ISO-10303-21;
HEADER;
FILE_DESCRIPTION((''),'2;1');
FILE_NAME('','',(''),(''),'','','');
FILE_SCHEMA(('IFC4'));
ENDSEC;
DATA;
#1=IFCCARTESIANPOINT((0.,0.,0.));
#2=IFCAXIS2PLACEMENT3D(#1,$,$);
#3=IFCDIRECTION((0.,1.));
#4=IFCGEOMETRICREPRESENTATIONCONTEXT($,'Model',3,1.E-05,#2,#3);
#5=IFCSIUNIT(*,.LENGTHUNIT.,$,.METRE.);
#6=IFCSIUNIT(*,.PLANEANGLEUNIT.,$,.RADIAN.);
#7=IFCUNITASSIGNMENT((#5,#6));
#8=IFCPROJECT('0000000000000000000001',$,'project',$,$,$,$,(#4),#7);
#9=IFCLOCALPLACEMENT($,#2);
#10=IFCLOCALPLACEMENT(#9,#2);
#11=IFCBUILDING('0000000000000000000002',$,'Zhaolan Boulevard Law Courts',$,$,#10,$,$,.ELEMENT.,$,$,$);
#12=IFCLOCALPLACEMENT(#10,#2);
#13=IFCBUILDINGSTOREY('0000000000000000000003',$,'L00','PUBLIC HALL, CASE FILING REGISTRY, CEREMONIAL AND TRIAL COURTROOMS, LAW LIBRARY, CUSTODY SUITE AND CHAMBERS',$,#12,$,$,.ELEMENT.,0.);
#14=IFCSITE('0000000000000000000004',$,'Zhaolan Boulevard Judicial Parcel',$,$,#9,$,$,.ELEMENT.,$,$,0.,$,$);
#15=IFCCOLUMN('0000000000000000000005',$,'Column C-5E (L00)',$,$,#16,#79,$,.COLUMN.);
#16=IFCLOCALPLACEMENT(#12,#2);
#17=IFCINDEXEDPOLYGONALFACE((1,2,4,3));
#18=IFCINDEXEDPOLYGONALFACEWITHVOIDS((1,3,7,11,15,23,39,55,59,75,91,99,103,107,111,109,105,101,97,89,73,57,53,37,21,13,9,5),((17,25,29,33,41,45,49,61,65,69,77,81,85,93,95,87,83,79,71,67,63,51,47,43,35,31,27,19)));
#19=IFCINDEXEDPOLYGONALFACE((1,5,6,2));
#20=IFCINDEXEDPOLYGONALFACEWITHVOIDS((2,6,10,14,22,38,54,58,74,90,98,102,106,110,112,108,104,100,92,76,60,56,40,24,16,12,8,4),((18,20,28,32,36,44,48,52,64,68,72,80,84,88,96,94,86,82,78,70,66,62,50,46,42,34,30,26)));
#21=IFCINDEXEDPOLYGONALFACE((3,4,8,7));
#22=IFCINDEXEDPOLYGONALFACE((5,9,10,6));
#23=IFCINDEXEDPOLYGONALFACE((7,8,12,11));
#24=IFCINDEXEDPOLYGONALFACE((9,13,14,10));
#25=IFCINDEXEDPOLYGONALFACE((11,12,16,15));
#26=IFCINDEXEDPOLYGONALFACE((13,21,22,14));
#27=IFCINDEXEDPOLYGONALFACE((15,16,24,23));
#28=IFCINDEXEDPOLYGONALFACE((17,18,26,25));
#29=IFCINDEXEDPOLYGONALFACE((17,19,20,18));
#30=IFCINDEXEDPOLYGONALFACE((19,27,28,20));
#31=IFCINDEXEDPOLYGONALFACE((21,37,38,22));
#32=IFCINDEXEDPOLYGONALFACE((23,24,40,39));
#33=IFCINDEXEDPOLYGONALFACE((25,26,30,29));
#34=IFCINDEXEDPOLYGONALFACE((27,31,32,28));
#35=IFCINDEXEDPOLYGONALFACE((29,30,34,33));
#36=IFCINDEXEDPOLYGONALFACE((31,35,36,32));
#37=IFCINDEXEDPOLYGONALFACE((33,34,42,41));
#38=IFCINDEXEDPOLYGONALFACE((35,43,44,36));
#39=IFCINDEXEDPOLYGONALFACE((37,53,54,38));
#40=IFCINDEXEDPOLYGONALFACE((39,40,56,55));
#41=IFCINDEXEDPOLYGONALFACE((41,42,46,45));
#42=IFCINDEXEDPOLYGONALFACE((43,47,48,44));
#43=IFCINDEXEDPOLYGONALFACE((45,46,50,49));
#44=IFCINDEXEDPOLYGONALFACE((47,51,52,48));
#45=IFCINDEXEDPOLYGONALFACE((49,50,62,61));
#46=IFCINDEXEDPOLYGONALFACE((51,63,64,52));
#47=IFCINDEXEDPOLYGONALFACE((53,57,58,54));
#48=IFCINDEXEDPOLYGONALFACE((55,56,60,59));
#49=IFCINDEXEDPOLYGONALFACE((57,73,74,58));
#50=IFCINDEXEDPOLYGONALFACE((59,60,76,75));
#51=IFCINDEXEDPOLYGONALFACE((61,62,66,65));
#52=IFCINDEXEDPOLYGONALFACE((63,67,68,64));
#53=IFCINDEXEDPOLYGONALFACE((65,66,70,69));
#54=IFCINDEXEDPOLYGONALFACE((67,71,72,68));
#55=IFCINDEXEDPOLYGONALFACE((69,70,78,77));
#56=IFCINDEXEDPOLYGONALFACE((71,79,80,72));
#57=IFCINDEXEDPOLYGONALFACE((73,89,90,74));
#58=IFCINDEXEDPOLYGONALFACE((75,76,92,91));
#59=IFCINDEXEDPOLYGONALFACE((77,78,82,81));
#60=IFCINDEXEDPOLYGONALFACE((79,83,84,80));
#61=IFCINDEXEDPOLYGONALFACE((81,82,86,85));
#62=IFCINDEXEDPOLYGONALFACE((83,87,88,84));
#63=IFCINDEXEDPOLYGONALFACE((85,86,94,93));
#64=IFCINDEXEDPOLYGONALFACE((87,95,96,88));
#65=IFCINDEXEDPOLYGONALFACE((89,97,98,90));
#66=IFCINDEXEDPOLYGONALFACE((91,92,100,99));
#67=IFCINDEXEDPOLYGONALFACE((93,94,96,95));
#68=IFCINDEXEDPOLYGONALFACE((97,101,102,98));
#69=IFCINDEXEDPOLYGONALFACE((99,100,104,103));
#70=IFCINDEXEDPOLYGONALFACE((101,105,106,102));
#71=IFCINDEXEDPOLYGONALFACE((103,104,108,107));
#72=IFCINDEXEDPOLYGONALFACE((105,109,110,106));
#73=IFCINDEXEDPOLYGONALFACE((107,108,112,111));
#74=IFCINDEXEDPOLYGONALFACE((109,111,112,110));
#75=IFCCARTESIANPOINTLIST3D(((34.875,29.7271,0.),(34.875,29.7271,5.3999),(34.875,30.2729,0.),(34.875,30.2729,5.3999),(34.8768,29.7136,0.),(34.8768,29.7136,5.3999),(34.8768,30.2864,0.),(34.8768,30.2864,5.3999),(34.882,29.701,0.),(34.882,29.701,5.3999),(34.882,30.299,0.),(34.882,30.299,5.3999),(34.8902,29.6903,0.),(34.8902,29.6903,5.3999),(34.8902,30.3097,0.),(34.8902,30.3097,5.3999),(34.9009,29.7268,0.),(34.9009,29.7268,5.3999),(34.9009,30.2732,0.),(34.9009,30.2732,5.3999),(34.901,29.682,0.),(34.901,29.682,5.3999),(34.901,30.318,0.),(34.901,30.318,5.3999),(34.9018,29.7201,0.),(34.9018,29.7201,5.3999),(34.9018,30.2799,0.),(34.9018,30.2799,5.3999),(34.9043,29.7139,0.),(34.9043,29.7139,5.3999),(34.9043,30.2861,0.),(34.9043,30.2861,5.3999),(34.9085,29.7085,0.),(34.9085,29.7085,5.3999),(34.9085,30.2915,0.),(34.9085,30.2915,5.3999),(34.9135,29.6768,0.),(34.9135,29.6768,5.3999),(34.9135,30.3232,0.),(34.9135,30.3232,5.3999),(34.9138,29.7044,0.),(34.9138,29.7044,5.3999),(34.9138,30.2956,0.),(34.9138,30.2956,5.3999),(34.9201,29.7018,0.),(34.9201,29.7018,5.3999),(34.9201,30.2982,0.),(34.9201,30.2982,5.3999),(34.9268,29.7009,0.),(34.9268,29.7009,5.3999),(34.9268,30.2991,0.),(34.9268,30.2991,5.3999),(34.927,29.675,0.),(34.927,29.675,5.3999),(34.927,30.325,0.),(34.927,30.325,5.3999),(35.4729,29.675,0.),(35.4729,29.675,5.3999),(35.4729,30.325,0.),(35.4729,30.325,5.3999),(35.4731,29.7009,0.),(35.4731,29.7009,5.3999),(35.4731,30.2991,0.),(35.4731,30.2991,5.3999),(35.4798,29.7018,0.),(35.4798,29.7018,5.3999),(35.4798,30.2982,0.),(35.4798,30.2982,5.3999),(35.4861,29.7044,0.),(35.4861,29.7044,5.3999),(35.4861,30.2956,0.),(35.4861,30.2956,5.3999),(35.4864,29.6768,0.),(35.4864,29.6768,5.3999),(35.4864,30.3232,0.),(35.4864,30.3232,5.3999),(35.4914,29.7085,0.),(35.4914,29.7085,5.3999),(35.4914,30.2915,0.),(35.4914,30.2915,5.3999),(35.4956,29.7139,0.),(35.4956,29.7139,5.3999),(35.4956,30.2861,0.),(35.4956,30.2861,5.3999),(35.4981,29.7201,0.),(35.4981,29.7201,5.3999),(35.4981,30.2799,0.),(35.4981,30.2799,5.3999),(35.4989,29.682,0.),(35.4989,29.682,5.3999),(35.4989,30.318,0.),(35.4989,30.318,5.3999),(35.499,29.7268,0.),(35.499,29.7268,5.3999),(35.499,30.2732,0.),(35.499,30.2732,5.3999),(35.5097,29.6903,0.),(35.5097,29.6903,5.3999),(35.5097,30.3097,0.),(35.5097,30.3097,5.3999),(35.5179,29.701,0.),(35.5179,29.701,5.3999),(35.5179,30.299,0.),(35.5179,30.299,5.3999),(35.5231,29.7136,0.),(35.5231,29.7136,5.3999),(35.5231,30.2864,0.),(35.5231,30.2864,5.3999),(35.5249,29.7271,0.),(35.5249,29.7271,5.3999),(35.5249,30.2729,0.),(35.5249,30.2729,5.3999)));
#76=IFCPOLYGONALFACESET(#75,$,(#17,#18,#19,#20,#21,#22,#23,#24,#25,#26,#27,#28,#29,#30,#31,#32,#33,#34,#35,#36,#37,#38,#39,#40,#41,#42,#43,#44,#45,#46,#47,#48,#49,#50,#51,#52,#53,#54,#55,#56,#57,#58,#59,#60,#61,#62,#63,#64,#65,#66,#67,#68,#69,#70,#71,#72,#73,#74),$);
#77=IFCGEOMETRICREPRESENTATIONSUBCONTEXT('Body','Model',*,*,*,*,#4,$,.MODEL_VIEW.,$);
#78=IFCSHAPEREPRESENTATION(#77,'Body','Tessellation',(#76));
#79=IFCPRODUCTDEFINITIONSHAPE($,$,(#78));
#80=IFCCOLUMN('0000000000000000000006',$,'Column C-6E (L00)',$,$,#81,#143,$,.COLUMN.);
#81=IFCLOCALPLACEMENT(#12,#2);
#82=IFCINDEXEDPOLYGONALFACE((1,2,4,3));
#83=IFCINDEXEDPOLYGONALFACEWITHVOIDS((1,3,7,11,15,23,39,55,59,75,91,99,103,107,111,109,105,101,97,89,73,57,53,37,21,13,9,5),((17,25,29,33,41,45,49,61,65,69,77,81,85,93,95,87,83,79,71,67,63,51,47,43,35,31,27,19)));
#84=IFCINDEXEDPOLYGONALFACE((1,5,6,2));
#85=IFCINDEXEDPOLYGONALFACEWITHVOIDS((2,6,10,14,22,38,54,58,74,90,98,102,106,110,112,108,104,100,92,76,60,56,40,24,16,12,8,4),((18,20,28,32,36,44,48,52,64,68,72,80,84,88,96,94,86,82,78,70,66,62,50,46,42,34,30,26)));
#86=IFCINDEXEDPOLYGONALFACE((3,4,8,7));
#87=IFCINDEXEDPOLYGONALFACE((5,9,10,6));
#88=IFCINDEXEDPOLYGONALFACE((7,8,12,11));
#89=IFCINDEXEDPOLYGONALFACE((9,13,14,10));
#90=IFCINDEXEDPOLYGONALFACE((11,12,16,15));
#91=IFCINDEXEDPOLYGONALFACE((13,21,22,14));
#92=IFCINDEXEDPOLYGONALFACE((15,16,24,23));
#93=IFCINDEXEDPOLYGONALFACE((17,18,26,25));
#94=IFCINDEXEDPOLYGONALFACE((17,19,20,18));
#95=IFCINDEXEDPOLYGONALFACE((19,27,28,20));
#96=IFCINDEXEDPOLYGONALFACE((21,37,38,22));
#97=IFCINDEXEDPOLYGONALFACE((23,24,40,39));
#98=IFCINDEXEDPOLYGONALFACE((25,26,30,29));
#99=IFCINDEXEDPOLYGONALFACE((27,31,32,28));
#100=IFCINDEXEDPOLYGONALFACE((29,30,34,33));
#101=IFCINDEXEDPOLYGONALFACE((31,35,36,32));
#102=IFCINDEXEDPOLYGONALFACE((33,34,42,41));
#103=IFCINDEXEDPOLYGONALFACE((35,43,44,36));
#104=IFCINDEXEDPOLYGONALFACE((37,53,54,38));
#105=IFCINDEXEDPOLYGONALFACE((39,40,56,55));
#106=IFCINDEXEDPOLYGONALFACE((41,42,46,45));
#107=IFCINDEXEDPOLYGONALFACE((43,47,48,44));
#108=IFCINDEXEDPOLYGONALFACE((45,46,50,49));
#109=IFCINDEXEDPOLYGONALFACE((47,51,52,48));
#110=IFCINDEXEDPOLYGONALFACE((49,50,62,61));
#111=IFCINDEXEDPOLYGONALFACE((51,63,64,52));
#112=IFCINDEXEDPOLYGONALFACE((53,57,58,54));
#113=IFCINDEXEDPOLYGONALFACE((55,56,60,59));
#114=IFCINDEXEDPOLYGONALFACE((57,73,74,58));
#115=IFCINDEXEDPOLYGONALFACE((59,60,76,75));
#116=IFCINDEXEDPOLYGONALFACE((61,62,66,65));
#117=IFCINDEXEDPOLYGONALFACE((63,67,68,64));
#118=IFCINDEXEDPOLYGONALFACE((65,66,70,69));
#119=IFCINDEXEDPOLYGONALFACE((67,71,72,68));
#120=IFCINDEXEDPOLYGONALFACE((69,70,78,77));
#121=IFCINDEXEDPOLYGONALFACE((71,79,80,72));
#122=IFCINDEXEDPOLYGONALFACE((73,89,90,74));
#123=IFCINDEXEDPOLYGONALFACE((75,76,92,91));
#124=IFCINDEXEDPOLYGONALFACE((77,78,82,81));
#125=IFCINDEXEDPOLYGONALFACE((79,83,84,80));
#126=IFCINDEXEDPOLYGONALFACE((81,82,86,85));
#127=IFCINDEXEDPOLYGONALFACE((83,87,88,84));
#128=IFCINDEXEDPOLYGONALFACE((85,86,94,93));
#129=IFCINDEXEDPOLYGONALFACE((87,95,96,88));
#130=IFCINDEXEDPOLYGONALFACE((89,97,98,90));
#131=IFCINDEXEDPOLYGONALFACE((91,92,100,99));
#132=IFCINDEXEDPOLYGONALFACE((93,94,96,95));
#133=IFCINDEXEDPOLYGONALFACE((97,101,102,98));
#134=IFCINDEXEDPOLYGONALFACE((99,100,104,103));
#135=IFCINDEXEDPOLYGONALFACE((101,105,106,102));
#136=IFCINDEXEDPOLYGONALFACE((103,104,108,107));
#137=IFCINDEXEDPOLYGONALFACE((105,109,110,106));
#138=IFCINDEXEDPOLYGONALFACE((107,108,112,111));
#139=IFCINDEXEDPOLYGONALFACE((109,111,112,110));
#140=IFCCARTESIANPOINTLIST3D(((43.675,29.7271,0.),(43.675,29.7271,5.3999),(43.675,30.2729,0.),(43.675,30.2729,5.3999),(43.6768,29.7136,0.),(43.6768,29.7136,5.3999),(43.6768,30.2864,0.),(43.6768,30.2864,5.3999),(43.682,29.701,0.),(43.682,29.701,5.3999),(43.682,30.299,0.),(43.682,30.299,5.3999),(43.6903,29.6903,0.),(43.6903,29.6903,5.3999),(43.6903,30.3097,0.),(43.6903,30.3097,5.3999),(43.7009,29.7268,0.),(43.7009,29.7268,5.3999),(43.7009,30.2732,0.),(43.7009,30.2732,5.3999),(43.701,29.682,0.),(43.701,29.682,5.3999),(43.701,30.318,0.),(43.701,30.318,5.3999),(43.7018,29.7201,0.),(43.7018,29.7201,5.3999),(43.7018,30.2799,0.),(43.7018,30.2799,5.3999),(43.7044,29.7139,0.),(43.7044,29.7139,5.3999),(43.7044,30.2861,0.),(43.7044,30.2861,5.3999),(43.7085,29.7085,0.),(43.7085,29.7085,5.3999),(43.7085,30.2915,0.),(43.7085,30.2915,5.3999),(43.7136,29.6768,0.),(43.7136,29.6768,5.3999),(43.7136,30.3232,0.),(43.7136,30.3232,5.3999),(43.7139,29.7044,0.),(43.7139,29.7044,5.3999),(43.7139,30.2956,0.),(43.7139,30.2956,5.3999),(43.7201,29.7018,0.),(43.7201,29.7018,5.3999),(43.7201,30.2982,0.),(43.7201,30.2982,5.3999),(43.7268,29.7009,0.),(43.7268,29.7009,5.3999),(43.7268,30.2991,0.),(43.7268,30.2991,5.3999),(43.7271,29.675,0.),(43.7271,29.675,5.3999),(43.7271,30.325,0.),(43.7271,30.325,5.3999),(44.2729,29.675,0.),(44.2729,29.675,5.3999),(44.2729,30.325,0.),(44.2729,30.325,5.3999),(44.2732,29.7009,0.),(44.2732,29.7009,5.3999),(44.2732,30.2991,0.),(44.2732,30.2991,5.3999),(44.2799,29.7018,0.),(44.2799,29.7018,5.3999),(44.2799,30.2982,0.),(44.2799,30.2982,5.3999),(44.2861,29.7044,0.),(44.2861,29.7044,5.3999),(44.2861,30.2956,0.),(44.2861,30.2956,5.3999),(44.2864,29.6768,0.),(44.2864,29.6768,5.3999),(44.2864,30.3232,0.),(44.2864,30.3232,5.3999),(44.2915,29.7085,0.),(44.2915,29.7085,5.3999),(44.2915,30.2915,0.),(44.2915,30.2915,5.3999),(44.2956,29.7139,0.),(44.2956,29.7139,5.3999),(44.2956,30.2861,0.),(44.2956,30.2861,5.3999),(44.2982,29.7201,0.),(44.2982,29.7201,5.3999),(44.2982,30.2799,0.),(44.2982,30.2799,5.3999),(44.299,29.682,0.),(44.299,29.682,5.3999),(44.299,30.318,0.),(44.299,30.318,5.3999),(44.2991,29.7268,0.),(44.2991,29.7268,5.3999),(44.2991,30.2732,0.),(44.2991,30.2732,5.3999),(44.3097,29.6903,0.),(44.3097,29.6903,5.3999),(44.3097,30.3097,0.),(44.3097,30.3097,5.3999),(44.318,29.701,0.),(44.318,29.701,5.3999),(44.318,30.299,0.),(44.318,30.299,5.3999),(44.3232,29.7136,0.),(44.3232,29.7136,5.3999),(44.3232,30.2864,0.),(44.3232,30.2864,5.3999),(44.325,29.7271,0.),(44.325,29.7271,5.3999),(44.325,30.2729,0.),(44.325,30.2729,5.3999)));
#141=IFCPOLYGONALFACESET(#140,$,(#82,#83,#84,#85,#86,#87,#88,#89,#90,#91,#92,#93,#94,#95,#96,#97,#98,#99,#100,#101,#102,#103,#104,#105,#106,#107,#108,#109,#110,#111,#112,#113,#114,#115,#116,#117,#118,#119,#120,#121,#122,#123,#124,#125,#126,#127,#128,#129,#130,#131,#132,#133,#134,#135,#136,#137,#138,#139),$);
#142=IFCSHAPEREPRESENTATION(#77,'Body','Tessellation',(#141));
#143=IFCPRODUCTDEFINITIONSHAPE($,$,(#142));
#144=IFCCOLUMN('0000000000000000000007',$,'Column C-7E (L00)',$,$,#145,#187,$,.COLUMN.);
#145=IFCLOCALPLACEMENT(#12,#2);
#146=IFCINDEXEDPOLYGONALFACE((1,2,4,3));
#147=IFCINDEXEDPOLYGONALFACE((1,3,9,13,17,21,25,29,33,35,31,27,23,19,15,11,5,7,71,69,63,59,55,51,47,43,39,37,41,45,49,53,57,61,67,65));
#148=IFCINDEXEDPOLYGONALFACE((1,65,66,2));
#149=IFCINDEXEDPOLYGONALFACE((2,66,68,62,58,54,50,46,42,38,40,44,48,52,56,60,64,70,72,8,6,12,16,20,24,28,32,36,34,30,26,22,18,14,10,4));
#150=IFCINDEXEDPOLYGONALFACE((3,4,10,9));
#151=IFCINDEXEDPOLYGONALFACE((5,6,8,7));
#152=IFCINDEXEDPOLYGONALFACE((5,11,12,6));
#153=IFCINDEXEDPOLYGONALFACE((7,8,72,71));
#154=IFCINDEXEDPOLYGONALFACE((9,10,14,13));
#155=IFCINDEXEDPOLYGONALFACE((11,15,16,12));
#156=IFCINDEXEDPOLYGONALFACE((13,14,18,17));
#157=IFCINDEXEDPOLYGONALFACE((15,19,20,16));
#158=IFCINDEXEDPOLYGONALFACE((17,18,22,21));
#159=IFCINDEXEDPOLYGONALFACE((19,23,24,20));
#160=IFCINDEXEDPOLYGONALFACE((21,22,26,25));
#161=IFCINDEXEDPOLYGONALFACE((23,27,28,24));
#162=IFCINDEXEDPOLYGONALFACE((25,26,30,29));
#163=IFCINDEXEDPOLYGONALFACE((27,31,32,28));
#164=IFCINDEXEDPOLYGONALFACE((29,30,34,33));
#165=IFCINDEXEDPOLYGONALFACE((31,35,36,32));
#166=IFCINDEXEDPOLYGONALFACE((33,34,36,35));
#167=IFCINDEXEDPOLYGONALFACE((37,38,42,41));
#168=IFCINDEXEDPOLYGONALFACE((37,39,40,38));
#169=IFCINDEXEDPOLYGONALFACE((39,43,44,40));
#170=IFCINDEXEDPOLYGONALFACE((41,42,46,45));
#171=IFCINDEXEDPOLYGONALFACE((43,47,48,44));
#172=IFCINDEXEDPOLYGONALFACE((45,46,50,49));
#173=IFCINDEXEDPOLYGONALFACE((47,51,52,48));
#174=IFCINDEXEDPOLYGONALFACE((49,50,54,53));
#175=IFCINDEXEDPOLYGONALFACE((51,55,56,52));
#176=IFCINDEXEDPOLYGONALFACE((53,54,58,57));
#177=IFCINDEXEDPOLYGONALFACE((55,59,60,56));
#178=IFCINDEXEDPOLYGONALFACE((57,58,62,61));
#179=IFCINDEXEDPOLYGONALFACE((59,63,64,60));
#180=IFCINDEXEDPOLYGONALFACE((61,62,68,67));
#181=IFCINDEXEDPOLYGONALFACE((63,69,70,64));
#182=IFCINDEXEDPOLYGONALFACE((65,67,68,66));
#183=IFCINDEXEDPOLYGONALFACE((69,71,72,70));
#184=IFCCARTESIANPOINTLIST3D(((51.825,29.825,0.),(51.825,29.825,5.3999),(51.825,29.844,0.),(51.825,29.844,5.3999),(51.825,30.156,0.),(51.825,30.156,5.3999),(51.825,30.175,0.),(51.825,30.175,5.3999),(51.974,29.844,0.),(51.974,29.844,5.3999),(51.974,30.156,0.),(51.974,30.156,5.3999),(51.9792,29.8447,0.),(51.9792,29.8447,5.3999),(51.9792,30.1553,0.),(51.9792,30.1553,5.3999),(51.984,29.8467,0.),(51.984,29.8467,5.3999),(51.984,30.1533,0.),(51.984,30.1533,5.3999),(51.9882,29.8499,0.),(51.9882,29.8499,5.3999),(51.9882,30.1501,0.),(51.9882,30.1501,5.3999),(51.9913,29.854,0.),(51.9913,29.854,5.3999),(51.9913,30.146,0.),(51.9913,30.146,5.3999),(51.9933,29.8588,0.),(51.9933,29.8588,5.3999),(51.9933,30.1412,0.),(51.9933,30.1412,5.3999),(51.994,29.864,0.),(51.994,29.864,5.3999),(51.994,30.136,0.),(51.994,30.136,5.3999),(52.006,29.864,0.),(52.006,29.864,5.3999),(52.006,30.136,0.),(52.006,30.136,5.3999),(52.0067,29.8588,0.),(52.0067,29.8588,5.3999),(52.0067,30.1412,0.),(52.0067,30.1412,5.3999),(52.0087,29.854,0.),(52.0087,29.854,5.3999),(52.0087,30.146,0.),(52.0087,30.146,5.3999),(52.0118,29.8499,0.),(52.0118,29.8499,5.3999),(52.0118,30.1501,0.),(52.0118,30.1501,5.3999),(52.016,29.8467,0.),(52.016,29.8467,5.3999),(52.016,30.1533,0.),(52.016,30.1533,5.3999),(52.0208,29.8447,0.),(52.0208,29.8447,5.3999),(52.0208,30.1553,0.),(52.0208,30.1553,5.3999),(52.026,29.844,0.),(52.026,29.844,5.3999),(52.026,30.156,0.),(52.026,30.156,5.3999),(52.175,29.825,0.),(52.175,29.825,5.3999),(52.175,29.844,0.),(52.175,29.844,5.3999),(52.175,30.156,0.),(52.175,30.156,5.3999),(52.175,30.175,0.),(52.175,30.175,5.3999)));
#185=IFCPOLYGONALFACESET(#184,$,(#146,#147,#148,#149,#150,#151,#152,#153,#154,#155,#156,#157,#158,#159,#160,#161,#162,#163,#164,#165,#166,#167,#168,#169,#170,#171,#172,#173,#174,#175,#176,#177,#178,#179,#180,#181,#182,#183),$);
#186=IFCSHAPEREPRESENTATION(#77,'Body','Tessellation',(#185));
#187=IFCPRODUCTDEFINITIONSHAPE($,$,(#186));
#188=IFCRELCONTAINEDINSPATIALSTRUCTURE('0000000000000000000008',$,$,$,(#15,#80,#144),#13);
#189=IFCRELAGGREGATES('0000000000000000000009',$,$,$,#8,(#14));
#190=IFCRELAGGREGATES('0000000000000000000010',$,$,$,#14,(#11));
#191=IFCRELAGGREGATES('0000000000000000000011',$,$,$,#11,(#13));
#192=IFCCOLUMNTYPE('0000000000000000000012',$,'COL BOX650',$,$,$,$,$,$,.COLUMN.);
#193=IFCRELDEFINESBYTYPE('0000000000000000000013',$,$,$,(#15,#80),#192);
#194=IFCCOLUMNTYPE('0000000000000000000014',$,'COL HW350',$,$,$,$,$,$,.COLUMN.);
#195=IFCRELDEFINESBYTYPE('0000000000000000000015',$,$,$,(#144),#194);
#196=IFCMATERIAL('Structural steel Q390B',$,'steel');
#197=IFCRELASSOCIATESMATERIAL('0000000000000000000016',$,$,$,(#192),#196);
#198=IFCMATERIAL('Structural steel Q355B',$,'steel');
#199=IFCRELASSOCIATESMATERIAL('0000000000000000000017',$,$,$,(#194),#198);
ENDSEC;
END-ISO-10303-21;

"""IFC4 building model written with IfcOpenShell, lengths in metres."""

from ifc_helpers import new_model, si_unit, direction, frame, origin, origin_2d, place, context, subcontext, project, spatial, hollow_rectangle, i_section, extrude, material, material_profile, profile_set, type_object, element, save


model = new_model("IFC4")

# Units and contexts
model_context = context("Model", 3, precision=1e-05, world=origin(), true_north=direction((0.0, 1.0)))
body_context = subcontext(model_context, "Body", "Model", "MODEL_VIEW")
ifc_project = project(units=[si_unit("LENGTHUNIT", "METRE"), si_unit("PLANEANGLEUNIT", "RADIAN")], contexts=[model_context])

# Site, building, storey
site_placement = place(None, origin())
site = spatial("IfcSite", under=ifc_project, at=site_placement, Name="Zhaolan Boulevard Judicial Parcel", CompositionType="ELEMENT", RefElevation=0.0)
building_placement = place(site_placement, origin())
building = spatial("IfcBuilding", under=site, at=building_placement, Name="Zhaolan Boulevard Law Courts", CompositionType="ELEMENT")
storey_placement = place(building_placement, origin())
storey = spatial("IfcBuildingStorey", under=building, at=storey_placement, Name="L00", Description="PUBLIC HALL, CASE FILING REGISTRY, CEREMONIAL AND TRIAL COURTROOMS, LAW LIBRARY, CUSTODY SUITE AND CHAMBERS", CompositionType="ELEMENT", Elevation=0.0)

# Columns
ifc_material_1 = material(Name="Structural steel Q390B", Category="steel")
ifc_material_profile_1 = material_profile(ifc_material_1, hollow_rectangle(XDim=0.6499, YDim=0.6499, WallThickness=0.0259, InnerFilletRadius=0.0259, OuterFilletRadius=0.052, at=origin_2d()), Name="BOX650x650x26")
ifc_profile_set_1 = profile_set([ifc_material_profile_1], Name="Structural steel Q390B")
column_type_1 = type_object("IfcColumnType", Name="COL BOX650", PredefinedType="COLUMN", material=ifc_profile_set_1)
for number, where, z_axis, x_axis, name in (
    (1, (35.2, 30.0, 0.0), (0.0, 0.0, 1.0), (1.0, 0.0, 0.0), "Column C-5E (L00)"),
    (2, (44.0, 30.0, 0.0), (0.0, 0.0, 1.0), (1.0, 0.0, 0.0), "Column C-6E (L00)"),
):
    element("IfcColumn", number, at=place(storey_placement, frame(where, z_axis=z_axis, x_axis=x_axis)), inside=storey, type_object=column_type_1, Name=name, PredefinedType="COLUMN", context=body_context, shape_type="SweptSolid", body=[
        extrude(hollow_rectangle(XDim=0.6499, YDim=0.6499, WallThickness=0.0259, InnerFilletRadius=0.0259, OuterFilletRadius=0.052, at=origin_2d()), origin(), (0.0, 0.0, 1.0), 5.3999),
    ])
ifc_material_2 = material(Name="Structural steel Q355B", Category="steel")
ifc_material_profile_2 = material_profile(ifc_material_2, i_section(OverallWidth=0.3501, OverallDepth=0.3501, WebThickness=0.012, FlangeThickness=0.019, FilletRadius=0.02, at=origin_2d()), Name="HW350x350")
ifc_profile_set_2 = profile_set([ifc_material_profile_2], Name="Structural steel Q355B")
column_type_2 = type_object("IfcColumnType", Name="COL HW350", PredefinedType="COLUMN", material=ifc_profile_set_2)
column_placement = place(storey_placement, frame((52.0, 30.0, 0.0), z_axis=(0.0, 0.0, 1.0), x_axis=(1.0, 0.0, 0.0)))
element("IfcColumn", 3, at=column_placement, inside=storey, type_object=column_type_2, Name="Column C-7E (L00)", PredefinedType="COLUMN", context=body_context, shape_type="SweptSolid", body=[
    extrude(i_section(OverallWidth=0.3501, OverallDepth=0.3501, WebThickness=0.012, FlangeThickness=0.019, FilletRadius=0.02, at=origin_2d()), origin(), (0.0, 0.0, 1.0), 5.3999),
])

save(model, "model.ifc")
